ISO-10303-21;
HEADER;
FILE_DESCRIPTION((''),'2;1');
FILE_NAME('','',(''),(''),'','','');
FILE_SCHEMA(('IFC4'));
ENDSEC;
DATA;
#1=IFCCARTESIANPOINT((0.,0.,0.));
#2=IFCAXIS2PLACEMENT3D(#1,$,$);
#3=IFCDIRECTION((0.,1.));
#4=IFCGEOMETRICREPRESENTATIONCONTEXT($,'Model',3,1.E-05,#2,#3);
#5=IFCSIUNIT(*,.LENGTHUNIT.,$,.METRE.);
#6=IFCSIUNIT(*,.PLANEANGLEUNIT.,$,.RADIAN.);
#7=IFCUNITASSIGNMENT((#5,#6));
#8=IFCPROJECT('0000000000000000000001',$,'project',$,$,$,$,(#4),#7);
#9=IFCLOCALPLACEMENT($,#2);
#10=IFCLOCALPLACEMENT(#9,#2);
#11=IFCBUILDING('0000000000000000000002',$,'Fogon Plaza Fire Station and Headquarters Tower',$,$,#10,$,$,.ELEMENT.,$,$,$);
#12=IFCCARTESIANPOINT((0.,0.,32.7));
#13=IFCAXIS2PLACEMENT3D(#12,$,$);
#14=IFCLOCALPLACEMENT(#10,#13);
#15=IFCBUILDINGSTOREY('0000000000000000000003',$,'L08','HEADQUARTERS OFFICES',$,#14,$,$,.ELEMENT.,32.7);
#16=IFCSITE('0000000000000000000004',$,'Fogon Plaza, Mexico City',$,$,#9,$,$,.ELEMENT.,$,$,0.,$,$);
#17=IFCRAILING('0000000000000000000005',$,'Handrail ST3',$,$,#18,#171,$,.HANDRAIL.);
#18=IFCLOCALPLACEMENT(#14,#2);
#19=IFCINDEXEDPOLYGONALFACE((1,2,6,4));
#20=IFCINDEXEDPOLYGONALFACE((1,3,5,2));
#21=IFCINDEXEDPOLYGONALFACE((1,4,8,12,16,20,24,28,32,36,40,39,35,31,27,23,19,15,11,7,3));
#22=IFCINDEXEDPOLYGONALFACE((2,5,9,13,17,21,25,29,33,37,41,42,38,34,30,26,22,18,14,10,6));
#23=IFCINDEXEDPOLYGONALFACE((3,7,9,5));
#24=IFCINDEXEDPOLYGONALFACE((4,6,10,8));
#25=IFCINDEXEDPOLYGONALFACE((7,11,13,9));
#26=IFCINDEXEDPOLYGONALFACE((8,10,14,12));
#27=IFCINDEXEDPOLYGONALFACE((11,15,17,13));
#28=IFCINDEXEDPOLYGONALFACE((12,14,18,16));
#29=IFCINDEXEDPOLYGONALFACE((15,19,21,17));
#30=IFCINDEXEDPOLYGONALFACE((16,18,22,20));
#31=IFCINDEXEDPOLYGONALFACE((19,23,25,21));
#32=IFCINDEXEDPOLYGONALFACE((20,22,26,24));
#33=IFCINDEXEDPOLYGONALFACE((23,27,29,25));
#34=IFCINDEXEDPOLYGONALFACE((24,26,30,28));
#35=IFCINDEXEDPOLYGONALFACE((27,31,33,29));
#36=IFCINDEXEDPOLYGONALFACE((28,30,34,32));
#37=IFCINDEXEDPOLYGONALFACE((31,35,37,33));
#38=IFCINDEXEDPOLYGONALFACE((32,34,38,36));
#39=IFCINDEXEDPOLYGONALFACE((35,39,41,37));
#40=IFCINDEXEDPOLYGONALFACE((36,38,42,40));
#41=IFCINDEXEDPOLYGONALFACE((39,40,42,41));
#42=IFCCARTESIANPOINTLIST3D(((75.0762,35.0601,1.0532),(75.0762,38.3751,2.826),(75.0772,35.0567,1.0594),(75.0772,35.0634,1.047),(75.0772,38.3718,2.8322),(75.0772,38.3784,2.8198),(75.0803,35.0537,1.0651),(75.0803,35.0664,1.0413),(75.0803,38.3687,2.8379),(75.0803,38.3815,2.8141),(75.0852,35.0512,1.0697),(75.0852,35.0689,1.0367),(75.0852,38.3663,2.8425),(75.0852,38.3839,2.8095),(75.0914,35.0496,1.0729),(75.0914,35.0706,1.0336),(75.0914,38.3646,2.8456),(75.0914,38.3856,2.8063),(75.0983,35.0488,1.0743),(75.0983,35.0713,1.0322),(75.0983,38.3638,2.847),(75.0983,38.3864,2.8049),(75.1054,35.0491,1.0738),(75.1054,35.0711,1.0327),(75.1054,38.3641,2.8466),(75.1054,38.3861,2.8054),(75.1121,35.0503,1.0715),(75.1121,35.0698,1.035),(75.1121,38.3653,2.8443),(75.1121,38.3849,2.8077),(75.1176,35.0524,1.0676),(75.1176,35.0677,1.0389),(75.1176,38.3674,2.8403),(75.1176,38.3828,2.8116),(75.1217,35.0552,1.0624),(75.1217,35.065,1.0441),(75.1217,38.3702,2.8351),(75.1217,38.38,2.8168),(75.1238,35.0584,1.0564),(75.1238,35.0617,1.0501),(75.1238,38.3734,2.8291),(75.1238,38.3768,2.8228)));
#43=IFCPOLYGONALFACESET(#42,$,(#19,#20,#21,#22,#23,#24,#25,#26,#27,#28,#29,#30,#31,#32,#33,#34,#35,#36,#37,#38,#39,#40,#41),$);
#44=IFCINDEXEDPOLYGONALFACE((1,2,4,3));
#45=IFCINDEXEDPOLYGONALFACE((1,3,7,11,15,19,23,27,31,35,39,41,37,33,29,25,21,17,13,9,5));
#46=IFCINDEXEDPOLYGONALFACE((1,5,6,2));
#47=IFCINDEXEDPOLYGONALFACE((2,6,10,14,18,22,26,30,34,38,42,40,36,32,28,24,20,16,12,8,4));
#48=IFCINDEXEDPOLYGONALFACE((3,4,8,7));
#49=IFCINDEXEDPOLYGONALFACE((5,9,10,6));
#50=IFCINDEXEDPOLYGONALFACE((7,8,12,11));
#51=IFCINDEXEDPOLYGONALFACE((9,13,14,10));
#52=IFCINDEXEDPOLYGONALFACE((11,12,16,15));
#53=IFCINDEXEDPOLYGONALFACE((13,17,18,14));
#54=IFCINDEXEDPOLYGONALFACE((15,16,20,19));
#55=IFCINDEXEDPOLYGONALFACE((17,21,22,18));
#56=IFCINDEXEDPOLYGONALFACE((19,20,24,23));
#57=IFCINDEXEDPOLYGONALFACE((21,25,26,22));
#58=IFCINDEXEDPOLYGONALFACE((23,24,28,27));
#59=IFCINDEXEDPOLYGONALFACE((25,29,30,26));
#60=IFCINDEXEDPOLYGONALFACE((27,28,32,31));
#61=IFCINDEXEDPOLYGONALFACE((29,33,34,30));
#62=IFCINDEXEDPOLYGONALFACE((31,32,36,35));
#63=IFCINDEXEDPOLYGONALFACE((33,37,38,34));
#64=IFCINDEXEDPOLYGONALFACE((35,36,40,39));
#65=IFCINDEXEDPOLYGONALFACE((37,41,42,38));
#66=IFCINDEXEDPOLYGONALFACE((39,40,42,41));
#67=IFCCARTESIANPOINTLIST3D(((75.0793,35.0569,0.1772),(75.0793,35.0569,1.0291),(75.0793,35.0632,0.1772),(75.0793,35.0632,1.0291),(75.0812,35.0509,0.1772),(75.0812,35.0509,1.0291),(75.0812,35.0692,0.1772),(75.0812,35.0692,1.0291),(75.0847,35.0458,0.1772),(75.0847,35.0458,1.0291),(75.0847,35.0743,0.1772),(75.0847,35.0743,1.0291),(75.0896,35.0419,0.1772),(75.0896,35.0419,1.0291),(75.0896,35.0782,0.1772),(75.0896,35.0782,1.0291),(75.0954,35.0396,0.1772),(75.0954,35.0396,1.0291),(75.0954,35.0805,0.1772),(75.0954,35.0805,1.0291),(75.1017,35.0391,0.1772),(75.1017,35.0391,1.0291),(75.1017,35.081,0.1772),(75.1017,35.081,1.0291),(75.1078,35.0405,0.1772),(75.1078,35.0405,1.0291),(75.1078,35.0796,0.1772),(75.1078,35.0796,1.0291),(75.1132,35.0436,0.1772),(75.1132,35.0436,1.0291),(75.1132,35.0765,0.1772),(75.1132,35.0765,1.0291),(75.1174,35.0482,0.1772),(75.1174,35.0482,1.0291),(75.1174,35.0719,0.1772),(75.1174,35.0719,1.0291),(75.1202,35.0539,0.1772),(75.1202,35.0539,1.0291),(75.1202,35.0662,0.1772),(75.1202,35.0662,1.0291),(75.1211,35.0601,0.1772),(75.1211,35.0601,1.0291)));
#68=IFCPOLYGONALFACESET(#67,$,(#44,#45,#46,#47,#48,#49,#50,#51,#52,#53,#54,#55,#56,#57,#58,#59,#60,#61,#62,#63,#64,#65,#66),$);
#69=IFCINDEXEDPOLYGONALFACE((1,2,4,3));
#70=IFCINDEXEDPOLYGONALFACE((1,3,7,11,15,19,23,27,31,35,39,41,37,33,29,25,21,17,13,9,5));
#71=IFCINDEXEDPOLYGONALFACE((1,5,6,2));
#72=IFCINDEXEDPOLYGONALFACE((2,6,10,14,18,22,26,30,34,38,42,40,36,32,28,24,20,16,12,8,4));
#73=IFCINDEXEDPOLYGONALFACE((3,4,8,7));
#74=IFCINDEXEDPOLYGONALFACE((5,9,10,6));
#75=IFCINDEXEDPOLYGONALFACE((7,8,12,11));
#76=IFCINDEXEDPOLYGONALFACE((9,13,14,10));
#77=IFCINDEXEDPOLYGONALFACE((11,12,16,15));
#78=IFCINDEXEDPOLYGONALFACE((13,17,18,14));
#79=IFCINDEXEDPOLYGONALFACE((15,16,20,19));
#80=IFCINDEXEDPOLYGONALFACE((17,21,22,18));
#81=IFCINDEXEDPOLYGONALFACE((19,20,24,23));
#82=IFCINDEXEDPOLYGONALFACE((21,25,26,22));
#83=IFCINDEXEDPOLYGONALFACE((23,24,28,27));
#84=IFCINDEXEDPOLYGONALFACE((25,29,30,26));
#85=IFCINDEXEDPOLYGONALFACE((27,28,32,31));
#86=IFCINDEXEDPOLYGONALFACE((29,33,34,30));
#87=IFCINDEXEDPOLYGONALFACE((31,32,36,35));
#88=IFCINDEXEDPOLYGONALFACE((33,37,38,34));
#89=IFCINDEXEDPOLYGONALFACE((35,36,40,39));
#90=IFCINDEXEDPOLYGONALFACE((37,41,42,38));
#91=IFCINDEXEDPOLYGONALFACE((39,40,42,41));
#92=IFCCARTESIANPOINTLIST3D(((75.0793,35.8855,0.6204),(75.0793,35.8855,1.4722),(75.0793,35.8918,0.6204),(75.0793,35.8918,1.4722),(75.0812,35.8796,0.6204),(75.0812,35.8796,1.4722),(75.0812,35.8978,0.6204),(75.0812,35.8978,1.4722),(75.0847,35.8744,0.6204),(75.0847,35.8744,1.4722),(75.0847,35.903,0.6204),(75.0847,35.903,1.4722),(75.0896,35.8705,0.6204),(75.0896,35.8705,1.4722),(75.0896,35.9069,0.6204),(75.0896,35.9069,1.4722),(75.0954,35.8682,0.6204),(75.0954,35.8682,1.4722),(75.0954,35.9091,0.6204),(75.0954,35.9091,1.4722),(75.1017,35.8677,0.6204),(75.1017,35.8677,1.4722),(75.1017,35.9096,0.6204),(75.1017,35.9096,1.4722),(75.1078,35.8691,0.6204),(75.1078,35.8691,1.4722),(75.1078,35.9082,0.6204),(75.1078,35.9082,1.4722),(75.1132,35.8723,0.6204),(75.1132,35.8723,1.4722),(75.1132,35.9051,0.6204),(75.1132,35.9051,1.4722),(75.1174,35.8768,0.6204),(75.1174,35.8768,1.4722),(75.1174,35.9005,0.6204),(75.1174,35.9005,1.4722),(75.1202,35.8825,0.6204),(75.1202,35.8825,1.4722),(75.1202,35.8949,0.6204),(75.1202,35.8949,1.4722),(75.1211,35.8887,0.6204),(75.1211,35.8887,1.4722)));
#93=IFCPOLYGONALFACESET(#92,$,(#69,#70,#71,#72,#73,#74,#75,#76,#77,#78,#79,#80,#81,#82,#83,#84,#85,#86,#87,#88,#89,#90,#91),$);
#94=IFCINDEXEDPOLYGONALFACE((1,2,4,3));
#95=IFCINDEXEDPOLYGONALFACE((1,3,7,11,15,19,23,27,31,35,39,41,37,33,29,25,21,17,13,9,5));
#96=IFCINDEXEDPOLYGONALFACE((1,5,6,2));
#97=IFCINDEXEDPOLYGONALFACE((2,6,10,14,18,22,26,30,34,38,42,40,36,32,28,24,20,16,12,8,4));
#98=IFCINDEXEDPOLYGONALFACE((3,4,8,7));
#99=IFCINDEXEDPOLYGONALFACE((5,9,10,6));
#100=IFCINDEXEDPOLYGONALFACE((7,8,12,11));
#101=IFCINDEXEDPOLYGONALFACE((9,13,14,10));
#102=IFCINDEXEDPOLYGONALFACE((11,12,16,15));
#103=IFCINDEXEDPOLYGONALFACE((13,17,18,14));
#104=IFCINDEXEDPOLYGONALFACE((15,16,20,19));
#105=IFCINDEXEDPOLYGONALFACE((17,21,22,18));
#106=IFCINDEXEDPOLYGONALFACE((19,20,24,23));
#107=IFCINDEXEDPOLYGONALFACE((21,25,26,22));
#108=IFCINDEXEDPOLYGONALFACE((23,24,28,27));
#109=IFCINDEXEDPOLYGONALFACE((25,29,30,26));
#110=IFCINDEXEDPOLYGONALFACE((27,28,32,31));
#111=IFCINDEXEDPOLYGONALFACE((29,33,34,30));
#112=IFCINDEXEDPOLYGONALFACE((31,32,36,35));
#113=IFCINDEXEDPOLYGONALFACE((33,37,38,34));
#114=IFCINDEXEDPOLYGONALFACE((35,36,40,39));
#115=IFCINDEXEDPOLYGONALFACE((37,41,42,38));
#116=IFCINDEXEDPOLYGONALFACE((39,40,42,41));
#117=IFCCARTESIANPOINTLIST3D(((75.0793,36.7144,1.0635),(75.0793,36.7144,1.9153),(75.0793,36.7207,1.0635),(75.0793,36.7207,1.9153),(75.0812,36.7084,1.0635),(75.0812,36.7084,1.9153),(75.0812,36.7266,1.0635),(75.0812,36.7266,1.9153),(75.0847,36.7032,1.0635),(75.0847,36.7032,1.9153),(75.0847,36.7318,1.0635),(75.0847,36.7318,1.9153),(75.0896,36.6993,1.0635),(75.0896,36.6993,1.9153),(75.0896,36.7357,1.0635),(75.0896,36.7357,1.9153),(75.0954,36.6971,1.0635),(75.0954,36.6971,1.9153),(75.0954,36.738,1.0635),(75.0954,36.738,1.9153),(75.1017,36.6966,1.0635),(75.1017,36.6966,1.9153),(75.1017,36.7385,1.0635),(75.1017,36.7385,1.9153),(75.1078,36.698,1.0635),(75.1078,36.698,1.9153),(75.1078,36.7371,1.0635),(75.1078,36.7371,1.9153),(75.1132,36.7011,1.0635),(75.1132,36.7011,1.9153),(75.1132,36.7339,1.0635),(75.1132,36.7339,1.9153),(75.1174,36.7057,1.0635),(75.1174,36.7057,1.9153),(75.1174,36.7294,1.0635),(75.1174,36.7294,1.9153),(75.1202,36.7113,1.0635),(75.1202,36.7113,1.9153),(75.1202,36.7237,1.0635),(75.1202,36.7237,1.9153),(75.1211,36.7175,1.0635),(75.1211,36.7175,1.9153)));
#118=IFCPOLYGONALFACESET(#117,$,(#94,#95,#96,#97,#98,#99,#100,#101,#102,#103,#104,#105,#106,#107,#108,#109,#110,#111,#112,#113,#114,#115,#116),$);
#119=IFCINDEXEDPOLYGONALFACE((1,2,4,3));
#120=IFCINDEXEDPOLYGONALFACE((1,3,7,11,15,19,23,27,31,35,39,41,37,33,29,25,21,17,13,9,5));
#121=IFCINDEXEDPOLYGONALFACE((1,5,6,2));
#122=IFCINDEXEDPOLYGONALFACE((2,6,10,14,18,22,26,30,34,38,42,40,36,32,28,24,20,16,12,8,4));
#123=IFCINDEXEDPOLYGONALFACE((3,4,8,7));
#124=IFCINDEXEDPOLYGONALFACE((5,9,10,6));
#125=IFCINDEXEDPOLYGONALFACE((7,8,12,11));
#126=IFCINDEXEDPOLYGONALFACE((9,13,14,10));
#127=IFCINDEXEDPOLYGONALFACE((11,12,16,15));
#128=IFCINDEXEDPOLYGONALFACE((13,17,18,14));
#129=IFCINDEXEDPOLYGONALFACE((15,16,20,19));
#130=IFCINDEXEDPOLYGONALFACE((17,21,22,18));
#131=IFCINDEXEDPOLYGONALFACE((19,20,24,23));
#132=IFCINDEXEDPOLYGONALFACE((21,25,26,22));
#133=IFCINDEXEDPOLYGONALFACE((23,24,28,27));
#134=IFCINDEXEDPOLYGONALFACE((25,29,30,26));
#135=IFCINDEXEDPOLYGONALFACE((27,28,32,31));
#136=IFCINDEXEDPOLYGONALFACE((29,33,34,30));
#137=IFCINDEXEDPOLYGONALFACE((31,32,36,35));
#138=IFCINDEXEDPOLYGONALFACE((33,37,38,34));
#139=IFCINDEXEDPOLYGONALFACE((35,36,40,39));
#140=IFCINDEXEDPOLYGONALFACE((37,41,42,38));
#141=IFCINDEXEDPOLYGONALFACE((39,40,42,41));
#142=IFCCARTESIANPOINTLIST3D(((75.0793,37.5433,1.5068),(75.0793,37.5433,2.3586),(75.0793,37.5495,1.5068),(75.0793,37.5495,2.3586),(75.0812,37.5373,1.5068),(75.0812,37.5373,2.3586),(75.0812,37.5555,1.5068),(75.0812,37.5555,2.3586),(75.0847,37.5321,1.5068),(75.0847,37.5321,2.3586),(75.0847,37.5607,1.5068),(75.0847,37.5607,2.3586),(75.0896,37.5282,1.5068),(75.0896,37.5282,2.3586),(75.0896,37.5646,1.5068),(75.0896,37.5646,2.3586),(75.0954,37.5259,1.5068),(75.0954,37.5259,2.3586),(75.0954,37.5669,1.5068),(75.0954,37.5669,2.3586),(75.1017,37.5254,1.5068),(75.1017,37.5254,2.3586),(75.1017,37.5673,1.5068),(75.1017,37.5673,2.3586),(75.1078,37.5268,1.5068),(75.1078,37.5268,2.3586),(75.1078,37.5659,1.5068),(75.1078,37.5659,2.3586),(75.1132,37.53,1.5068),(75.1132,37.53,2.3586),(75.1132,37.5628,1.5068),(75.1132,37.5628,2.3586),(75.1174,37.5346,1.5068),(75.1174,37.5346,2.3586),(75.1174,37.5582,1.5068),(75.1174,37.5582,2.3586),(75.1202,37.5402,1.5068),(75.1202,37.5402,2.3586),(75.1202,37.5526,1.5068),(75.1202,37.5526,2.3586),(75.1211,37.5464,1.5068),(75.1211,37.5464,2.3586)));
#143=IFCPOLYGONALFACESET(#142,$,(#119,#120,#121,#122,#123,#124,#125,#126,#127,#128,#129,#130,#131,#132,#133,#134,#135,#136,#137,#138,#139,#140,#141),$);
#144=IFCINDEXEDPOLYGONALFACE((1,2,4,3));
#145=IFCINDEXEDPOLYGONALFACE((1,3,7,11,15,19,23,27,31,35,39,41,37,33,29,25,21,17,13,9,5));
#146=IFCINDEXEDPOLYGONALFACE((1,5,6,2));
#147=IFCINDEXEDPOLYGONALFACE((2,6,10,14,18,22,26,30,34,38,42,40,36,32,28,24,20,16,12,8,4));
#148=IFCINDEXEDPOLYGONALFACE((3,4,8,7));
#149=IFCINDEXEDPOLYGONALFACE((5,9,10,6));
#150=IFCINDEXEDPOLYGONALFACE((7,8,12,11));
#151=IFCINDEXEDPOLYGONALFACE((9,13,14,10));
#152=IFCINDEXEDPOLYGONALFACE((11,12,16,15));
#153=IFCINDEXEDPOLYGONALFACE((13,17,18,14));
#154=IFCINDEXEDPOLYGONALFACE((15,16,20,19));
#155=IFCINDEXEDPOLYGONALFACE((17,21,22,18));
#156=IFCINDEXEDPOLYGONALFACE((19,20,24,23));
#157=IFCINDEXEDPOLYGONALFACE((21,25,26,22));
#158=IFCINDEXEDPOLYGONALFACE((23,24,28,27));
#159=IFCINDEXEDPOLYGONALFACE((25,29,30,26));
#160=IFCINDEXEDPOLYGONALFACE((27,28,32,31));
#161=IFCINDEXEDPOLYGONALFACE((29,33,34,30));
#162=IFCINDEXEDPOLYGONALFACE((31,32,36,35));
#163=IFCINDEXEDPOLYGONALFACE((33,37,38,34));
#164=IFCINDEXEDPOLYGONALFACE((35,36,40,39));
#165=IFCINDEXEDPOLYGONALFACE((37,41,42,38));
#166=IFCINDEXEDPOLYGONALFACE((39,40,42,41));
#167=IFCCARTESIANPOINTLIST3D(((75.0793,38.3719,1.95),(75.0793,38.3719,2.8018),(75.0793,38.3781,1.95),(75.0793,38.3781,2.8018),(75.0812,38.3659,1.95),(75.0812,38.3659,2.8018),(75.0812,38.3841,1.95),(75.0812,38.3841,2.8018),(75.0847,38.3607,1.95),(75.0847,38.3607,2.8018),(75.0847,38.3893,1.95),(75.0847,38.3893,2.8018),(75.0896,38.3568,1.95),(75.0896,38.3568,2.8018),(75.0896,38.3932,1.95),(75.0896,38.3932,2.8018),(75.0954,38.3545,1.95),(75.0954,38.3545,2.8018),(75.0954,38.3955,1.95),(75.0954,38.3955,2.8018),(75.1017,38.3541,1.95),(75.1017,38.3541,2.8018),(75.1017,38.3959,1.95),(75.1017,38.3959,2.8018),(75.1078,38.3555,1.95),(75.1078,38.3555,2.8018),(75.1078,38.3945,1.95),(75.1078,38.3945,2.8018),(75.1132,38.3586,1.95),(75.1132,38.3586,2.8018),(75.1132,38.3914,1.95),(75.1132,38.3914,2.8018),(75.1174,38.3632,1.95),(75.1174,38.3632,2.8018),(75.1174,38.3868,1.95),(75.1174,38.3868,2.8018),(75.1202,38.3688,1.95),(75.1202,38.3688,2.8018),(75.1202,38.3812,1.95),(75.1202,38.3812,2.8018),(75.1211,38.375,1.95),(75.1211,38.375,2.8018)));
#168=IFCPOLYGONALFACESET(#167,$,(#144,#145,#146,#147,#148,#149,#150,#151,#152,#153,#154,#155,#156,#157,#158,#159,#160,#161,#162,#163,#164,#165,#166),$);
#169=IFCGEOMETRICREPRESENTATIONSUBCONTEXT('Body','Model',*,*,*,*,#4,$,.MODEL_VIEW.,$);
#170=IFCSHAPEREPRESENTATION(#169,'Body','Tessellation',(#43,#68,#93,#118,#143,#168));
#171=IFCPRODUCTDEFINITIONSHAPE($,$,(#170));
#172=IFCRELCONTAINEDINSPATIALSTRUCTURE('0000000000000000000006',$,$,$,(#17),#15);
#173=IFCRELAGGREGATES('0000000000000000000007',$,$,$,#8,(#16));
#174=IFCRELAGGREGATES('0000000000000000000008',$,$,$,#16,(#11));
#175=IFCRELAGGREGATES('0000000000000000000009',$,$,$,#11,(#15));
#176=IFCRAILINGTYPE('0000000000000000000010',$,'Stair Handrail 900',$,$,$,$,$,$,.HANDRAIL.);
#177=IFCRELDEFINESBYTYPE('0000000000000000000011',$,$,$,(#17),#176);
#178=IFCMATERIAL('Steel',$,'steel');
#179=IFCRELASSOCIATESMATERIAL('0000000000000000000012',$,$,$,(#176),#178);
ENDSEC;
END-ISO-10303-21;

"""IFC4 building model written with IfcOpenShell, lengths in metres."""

from ifc_helpers import new_model, si_unit, direction, frame, origin, origin_2d, place, context, subcontext, project, spatial, circle, extrude, material, type_object, element, save


model = new_model("IFC4")

# Units and contexts
model_context = context("Model", 3, precision=1e-05, world=origin(), true_north=direction((0.0, 1.0)))
body_context = subcontext(model_context, "Body", "Model", "MODEL_VIEW")
ifc_project = project(units=[si_unit("LENGTHUNIT", "METRE"), si_unit("PLANEANGLEUNIT", "RADIAN")], contexts=[model_context])

# Site, building, storey
site_placement = place(None, origin())
site = spatial("IfcSite", under=ifc_project, at=site_placement, Name="Fogon Plaza, Mexico City", CompositionType="ELEMENT", RefElevation=0.0)
building_placement = place(site_placement, origin())
building = spatial("IfcBuilding", under=site, at=building_placement, Name="Fogon Plaza Fire Station and Headquarters Tower", CompositionType="ELEMENT")
storey_placement = place(building_placement, frame((0.0, 0.0, 32.7)))
storey = spatial("IfcBuildingStorey", under=building, at=storey_placement, Name="L08", Description="HEADQUARTERS OFFICES", CompositionType="ELEMENT", Elevation=32.7)

# Railing
ifc_material_1 = material(Name="Steel", Category="steel")
railing_type = type_object("IfcRailingType", Name="Stair Handrail 900", PredefinedType="HANDRAIL", material=ifc_material_1)
for number, where, name in (
    (1, (75.1001, 35.0601, 0.1772), "Handrail ST3"),
):
    element("IfcRailing", number, at=place(storey_placement, frame(where)), inside=storey, type_object=railing_type, Name=name, PredefinedType="HANDRAIL", context=body_context, shape_type="SweptSolid", body=[
        extrude(circle(Radius=0.0239, at=origin_2d()), frame((0.0, 0.0, 0.876), z_axis=(0.0, 0.881829, 0.471569), x_axis=(-1.0, 0.0, 0.0)), (0.0, 0.0, 1.0), 3.7593),
        extrude(circle(Radius=0.021, at=origin_2d()), origin(), (0.0, 0.0, 1.0), 0.8518),
        extrude(circle(Radius=0.021, at=origin_2d()), frame((0.0, 0.8286, 0.4431)), (0.0, 0.0, 1.0), 0.8518),
        extrude(circle(Radius=0.021, at=origin_2d()), frame((0.0, 1.6575, 0.8862)), (0.0, 0.0, 1.0), 0.8518),
        extrude(circle(Radius=0.021, at=origin_2d()), frame((0.0, 2.4863, 1.3296)), (0.0, 0.0, 1.0), 0.8518),
        extrude(circle(Radius=0.021, at=origin_2d()), frame((0.0, 3.3149, 1.7727)), (0.0, 0.0, 1.0), 0.8518),
    ])

save(model, "model.ifc")
